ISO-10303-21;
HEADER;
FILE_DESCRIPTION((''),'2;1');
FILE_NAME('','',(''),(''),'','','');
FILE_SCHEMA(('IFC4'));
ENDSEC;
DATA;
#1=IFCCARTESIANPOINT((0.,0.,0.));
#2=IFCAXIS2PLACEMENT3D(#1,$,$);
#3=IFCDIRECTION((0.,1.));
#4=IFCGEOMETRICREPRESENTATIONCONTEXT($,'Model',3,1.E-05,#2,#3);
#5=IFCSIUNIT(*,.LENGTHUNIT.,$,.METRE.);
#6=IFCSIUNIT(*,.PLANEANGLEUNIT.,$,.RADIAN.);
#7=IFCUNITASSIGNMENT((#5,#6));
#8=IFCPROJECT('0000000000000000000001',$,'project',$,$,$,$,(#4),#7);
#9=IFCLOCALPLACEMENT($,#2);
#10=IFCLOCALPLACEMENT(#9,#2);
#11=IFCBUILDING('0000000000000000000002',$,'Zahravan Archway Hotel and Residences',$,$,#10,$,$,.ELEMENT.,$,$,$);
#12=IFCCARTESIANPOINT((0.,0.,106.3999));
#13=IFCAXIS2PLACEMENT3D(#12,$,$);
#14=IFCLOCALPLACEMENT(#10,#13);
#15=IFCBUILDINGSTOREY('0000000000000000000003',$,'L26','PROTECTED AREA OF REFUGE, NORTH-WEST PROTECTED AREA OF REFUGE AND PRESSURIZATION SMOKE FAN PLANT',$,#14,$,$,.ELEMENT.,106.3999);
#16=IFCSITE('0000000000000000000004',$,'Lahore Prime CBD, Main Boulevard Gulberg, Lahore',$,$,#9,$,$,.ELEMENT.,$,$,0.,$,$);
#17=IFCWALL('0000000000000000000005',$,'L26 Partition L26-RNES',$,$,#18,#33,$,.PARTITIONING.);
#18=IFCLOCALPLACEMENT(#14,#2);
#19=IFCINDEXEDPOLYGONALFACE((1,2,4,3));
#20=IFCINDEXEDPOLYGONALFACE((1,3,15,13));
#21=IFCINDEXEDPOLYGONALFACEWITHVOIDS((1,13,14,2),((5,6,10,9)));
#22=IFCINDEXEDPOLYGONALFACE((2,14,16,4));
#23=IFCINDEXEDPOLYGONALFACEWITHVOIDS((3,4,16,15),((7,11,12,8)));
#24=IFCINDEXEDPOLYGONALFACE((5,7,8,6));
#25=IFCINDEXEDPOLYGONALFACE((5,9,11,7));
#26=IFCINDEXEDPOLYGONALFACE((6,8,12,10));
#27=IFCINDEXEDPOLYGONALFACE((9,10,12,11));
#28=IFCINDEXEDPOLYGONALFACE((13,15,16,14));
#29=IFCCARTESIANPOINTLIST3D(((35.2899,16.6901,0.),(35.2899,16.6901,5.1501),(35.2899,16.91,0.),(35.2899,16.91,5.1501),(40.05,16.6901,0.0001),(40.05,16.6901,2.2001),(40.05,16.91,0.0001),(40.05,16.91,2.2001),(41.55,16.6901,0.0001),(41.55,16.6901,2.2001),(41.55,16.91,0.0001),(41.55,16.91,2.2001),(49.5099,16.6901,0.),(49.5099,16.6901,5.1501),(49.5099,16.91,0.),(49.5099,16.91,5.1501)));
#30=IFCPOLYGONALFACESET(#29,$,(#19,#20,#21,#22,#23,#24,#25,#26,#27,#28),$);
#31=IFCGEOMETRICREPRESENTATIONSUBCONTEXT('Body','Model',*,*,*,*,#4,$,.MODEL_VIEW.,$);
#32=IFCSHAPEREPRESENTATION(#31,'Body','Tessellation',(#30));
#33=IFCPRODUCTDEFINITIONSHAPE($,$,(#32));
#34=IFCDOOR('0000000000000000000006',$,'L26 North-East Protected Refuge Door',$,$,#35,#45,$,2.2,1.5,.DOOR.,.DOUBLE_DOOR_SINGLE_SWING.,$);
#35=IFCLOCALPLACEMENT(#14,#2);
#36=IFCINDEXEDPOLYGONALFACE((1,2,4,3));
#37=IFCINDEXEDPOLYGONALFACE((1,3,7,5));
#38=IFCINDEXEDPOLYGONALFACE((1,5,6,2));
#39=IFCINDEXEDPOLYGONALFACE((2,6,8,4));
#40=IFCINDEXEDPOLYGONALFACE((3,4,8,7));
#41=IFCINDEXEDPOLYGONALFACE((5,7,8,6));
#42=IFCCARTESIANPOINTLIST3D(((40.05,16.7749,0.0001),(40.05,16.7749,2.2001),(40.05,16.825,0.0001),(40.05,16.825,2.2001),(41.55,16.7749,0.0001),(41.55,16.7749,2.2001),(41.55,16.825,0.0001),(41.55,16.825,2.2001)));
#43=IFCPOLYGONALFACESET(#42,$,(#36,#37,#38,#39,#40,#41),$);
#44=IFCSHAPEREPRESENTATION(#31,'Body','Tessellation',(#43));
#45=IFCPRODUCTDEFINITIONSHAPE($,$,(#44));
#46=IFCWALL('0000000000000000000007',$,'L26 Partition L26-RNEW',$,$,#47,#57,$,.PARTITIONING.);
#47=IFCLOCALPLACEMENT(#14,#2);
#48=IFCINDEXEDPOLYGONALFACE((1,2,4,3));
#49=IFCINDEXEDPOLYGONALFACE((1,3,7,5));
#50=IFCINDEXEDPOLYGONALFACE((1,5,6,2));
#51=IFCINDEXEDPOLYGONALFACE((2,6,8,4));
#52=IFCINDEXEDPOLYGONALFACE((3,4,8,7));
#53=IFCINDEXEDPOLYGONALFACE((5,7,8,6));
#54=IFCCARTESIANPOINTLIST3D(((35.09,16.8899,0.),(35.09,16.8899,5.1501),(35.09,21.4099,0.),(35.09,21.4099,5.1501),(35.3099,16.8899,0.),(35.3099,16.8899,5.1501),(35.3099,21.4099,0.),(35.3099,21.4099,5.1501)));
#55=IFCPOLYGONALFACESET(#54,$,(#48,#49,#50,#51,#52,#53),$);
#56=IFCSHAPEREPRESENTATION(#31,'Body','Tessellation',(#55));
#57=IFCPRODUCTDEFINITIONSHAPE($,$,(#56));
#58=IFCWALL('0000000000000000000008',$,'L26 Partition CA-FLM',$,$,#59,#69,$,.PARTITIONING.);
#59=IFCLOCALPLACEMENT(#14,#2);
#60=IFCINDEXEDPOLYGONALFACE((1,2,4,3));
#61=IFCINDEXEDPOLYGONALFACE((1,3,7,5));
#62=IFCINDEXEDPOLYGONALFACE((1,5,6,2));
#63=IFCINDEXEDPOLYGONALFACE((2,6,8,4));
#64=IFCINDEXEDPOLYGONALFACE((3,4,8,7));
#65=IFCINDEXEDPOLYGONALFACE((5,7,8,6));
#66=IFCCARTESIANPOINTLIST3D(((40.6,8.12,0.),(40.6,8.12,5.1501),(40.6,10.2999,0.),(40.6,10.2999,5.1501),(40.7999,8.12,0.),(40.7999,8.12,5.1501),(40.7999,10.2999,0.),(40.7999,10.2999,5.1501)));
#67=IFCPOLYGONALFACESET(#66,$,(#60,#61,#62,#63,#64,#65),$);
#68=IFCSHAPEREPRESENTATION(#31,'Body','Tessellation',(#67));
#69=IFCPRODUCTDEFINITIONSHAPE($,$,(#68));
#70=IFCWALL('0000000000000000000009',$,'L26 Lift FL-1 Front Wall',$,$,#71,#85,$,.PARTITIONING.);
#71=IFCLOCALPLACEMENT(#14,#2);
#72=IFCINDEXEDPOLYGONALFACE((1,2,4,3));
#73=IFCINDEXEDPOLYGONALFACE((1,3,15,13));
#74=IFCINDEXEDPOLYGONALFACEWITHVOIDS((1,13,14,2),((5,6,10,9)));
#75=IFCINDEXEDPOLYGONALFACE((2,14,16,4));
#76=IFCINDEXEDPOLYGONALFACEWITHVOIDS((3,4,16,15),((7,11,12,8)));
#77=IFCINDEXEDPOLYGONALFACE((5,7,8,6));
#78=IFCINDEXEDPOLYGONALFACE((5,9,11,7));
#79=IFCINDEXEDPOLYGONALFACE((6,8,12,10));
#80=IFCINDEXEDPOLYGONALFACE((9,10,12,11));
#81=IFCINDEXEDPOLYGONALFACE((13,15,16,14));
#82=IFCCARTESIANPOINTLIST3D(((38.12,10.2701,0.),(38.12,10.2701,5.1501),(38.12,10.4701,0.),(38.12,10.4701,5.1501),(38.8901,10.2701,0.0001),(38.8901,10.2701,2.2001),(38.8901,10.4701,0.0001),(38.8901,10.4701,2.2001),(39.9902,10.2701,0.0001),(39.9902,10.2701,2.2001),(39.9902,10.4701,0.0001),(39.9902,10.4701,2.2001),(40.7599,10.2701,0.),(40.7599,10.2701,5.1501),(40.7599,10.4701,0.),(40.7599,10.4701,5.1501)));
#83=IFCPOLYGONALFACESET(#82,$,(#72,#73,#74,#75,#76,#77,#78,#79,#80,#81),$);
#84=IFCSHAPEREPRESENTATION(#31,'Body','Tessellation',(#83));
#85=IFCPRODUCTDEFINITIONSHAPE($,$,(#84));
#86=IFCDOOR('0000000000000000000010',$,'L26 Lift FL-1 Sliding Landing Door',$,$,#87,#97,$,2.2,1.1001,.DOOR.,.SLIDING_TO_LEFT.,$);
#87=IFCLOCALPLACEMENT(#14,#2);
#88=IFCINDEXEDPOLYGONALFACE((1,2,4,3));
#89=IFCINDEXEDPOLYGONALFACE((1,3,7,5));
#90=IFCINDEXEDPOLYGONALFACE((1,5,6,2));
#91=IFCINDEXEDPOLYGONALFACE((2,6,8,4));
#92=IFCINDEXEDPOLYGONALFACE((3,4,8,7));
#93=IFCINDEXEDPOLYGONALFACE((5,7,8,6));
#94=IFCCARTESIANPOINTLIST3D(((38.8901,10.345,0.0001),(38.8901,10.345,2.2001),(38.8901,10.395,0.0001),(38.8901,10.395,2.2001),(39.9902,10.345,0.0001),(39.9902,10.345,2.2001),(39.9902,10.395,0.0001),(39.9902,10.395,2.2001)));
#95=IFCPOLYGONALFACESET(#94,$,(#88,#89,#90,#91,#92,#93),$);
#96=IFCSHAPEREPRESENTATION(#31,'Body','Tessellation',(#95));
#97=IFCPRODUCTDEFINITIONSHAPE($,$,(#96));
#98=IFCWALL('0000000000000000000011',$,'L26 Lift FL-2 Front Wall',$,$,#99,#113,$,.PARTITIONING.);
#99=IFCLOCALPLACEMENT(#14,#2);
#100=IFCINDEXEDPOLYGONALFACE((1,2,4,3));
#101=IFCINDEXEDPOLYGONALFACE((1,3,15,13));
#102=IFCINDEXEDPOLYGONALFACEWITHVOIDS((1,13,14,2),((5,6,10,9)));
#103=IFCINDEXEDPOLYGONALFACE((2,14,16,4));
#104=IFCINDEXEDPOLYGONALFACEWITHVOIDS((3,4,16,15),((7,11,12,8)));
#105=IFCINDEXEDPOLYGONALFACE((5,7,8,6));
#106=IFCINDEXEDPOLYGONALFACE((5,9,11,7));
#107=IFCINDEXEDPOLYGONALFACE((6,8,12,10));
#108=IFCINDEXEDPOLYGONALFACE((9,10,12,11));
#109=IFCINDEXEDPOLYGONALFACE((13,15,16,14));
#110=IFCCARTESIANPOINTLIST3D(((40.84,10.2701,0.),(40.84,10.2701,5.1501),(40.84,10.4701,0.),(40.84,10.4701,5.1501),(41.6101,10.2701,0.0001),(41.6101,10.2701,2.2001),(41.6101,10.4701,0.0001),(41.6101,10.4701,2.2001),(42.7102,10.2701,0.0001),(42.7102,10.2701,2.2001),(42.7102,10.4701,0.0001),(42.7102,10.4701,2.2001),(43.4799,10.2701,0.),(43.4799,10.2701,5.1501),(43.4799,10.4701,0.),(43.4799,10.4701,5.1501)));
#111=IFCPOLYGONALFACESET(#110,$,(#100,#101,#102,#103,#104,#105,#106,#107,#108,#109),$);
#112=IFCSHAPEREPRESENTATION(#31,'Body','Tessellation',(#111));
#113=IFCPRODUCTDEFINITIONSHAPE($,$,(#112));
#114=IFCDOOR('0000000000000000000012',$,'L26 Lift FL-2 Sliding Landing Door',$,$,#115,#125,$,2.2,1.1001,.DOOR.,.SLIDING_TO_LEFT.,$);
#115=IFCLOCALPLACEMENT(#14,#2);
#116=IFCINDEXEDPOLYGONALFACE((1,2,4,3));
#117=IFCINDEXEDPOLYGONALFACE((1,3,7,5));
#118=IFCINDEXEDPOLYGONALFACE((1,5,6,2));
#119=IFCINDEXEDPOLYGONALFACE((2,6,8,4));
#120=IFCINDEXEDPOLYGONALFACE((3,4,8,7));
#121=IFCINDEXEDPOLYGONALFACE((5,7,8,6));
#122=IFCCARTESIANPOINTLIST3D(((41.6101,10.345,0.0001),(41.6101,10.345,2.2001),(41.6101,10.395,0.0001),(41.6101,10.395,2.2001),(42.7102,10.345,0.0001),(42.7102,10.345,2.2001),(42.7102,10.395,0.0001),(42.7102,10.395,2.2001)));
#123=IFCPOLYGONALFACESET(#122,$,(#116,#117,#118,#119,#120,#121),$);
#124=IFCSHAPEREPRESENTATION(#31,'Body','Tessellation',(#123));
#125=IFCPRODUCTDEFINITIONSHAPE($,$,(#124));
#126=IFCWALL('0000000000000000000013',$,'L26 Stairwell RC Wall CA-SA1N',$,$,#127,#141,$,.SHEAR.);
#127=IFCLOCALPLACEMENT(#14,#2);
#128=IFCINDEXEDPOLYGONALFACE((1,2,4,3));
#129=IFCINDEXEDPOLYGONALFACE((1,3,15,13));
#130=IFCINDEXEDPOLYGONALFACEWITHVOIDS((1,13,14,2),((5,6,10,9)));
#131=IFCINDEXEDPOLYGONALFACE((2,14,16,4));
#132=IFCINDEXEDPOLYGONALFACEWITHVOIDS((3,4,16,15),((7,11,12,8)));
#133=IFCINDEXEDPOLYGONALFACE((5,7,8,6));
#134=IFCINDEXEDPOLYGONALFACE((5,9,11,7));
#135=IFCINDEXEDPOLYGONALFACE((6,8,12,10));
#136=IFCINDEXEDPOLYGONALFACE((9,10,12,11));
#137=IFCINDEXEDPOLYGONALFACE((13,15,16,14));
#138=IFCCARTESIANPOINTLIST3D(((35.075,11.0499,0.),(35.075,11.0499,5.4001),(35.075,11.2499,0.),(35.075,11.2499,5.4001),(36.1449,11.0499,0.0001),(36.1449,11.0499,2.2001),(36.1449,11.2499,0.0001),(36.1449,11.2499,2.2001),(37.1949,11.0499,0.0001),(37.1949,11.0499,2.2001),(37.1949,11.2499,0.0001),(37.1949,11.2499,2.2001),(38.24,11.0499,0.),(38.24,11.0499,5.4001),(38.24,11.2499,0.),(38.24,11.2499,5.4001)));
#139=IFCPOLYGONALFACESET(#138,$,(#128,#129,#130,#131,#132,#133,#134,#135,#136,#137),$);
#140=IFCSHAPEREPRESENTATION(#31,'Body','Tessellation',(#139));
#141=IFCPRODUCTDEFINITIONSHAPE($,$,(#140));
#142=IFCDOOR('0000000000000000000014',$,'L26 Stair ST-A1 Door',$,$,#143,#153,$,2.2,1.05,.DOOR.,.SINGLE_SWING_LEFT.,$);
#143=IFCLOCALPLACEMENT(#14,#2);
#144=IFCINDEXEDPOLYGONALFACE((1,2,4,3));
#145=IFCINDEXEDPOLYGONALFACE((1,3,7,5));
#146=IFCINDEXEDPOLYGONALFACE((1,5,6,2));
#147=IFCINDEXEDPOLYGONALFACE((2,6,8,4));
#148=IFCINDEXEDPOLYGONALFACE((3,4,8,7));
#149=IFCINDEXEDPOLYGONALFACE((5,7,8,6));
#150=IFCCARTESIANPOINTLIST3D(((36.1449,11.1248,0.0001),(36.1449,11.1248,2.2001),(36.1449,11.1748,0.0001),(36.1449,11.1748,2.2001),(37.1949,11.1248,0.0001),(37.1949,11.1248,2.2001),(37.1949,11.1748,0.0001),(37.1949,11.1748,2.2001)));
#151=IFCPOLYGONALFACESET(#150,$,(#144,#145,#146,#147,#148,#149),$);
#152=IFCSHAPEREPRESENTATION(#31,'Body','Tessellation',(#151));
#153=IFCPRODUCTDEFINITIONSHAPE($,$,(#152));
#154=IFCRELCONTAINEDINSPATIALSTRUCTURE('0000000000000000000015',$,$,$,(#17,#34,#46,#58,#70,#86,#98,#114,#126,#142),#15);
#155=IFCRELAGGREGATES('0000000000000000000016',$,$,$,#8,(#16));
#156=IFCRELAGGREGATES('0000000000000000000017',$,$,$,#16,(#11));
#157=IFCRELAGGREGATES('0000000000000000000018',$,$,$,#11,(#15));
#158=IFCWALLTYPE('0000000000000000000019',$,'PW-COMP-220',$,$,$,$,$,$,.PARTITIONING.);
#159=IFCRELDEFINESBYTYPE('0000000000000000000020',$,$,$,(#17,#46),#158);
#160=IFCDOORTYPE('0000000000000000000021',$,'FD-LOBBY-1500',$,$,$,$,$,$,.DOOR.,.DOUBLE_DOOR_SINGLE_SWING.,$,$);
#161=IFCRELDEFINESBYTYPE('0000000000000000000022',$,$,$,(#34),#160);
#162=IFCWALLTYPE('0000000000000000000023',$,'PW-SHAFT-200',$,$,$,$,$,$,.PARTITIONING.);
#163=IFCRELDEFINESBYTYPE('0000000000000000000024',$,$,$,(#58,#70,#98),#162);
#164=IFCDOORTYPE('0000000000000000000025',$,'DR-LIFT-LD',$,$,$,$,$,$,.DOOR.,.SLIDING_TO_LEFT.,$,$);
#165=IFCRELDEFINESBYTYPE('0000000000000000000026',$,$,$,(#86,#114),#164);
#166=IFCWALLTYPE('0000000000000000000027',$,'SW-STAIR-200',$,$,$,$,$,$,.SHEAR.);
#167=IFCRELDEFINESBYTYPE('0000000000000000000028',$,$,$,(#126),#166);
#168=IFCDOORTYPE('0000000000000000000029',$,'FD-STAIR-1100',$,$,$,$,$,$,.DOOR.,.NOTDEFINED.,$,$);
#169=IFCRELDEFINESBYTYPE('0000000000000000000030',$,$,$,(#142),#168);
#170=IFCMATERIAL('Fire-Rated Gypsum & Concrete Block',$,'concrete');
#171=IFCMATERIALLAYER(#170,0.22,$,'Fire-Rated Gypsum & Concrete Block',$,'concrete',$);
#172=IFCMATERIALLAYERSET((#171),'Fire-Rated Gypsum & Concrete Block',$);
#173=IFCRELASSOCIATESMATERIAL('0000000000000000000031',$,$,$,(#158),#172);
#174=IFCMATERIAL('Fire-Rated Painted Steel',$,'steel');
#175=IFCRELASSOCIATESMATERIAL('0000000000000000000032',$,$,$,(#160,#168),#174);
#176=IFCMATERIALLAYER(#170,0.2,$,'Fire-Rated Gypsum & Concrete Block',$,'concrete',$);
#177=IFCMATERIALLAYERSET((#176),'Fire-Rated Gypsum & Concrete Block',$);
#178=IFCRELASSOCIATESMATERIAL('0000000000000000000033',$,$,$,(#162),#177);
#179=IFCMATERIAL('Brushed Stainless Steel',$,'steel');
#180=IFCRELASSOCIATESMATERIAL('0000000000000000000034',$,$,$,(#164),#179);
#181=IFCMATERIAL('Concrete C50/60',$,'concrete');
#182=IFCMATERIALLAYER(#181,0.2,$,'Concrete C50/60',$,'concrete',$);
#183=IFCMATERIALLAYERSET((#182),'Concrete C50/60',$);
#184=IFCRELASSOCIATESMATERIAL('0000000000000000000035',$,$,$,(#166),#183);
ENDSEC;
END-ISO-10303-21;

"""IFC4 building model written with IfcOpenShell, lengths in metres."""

from ifc_helpers import new_model, si_unit, direction, frame, frame_2d, origin, place, context, subcontext, project, spatial, rectangle, extrude, source, transform, mapped, material, layer, layer_set, type_object, type_shapes, element, fill, save


model = new_model("IFC4")

# Units and contexts
model_context = context("Model", 3, precision=1e-05, world=origin(), true_north=direction((0.0, 1.0)))
body_context = subcontext(model_context, "Body", "Model", "MODEL_VIEW")
ifc_project = project(units=[si_unit("LENGTHUNIT", "METRE"), si_unit("PLANEANGLEUNIT", "RADIAN")], contexts=[model_context])

# Site, building, storey
site_placement = place(None, origin())
site = spatial("IfcSite", under=ifc_project, at=site_placement, Name="Lahore Prime CBD, Main Boulevard Gulberg, Lahore", CompositionType="ELEMENT", RefElevation=0.0)
building_placement = place(site_placement, origin())
building = spatial("IfcBuilding", under=site, at=building_placement, Name="Zahravan Archway Hotel and Residences", CompositionType="ELEMENT")
storey_placement = place(building_placement, frame((0.0, 0.0, 106.3999)))
storey = spatial("IfcBuildingStorey", under=building, at=storey_placement, Name="L26", Description="PROTECTED AREA OF REFUGE, NORTH-WEST PROTECTED AREA OF REFUGE AND PRESSURIZATION SMOKE FAN PLANT", CompositionType="ELEMENT", Elevation=106.3999)

# Wall, opening, door
ifc_material_1 = material(Name="Fire-Rated Gypsum & Concrete Block", Category="concrete")
ifc_layer_1 = layer(ifc_material_1, 0.22, Name="Fire-Rated Gypsum & Concrete Block", Category="concrete")
ifc_layer_set_1 = layer_set([ifc_layer_1], Name="Fire-Rated Gypsum & Concrete Block")
wall_type_1 = type_object("IfcWallType", Name="PW-COMP-220", PredefinedType="PARTITIONING", material=ifc_layer_set_1)
ifc_material_2 = material(Name="Fire-Rated Painted Steel", Category="steel")
wall_1_placement = place(storey_placement, frame((35.29, 16.8, 0.0), z_axis=(0.0, 0.0, 1.0), x_axis=(1.0, 0.0, 0.0)))
wall_1 = element("IfcWall", 1, at=wall_1_placement, inside=storey, type_object=wall_type_1, Name="L26 Partition L26-RNES", PredefinedType="PARTITIONING", context=body_context, shape_type="SweptSolid", body=[
    extrude(rectangle(XDim=14.22, YDim=0.22, at=frame_2d((7.1099, 0.0))), origin(), (0.0, 0.0, 1.0), 5.1501),
])
opening_1_placement = place(wall_1_placement, frame((4.76, 0.0, 0.0)))
opening_1 = element("IfcOpeningElement", 2, at=opening_1_placement, cuts=wall_1, PredefinedType="OPENING", context=body_context, shape_type="SweptSolid", body=[
    extrude(rectangle(XDim=1.5, YDim=2.2, at=frame_2d((0.75, 1.1001))), frame((0.0, 0.1201, 0.0), z_axis=(0.0, -1.0, 0.0), x_axis=(1.0, 0.0, 0.0)), (0.0, 0.0, 1.0), 0.24),
])
door_type_1 = type_object("IfcDoorType", Name="FD-LOBBY-1500", OperationType="DOUBLE_DOOR_SINGLE_SWING", PredefinedType="DOOR", material=ifc_material_2)
shared_shape_1 = source(origin(), body_context, "Body", "SweptSolid", [
    extrude(rectangle(XDim=1.5, YDim=2.2, at=frame_2d((0.75, 1.1001))), frame((0.0, 0.0249, 0.0), z_axis=(0.0, -1.0, 0.0), x_axis=(1.0, 0.0, 0.0)), (0.0, 0.0, 1.0), 0.05),
])
type_shapes(door_type_1, [shared_shape_1])
door_1_placement = place(opening_1_placement, origin())
door_1 = element("IfcDoor", 3, at=door_1_placement, inside=storey, type_object=door_type_1, Name="L26 North-East Protected Refuge Door", OperationType="DOUBLE_DOOR_SINGLE_SWING", OverallHeight=2.2, OverallWidth=1.5, PredefinedType="DOOR", context=body_context, shape_type="MappedRepresentation", body=[
    mapped(shared_shape_1, transform((0.0, 0.0, 0.0), scale=1.0)),
])
fill(opening_1, door_1)

# Walls
wall_2_placement = place(storey_placement, frame((35.2, 16.8899, 0.0), z_axis=(0.0, 0.0, 1.0), x_axis=(0.0, 1.0, 0.0)))
element("IfcWall", 4, at=wall_2_placement, inside=storey, type_object=wall_type_1, Name="L26 Partition L26-RNEW", PredefinedType="PARTITIONING", context=body_context, shape_type="SweptSolid", body=[
    extrude(rectangle(XDim=4.52, YDim=0.22, at=frame_2d((2.26, 0.0))), origin(), (0.0, 0.0, 1.0), 5.1501),
])
ifc_layer_2 = layer(ifc_material_1, 0.2, Name="Fire-Rated Gypsum & Concrete Block", Category="concrete")
ifc_layer_set_2 = layer_set([ifc_layer_2], Name="Fire-Rated Gypsum & Concrete Block")
wall_type_2 = type_object("IfcWallType", Name="PW-SHAFT-200", PredefinedType="PARTITIONING", material=ifc_layer_set_2)
wall_3_placement = place(storey_placement, frame((40.7, 8.1201, 0.0), z_axis=(0.0, 0.0, 1.0), x_axis=(0.0, 1.0, 0.0)))
element("IfcWall", 5, at=wall_3_placement, inside=storey, type_object=wall_type_2, Name="L26 Partition CA-FLM", PredefinedType="PARTITIONING", context=body_context, shape_type="SweptSolid", body=[
    extrude(rectangle(XDim=2.1799, YDim=0.2, at=frame_2d((1.0898, 0.0))), origin(), (0.0, 0.0, 1.0), 5.1501),
])

# Walls, openings, doors
wall_4_placement = place(storey_placement, frame((38.1201, 10.3701, 0.0), z_axis=(0.0, 0.0, 1.0), x_axis=(1.0, 0.0, 0.0)))
wall_4 = element("IfcWall", 6, at=wall_4_placement, inside=storey, type_object=wall_type_2, Name="L26 Lift FL-1 Front Wall", PredefinedType="PARTITIONING", context=body_context, shape_type="SweptSolid", body=[
    extrude(rectangle(XDim=2.6399, YDim=0.2, at=frame_2d((1.3198, 0.0))), origin(), (0.0, 0.0, 1.0), 5.1501),
])
opening_2_placement = place(wall_4_placement, frame((0.77, 0.0, 0.0)))
opening_2 = element("IfcOpeningElement", 7, at=opening_2_placement, cuts=wall_4, PredefinedType="OPENING", context=body_context, shape_type="SweptSolid", body=[
    extrude(rectangle(XDim=1.1001, YDim=2.2, at=frame_2d((0.55, 1.1001))), frame((0.0, 0.1099, 0.0), z_axis=(0.0, -1.0, 0.0), x_axis=(1.0, 0.0, 0.0)), (0.0, 0.0, 1.0), 0.22),
])
ifc_material_3 = material(Name="Brushed Stainless Steel", Category="steel")
door_type_2 = type_object("IfcDoorType", Name="DR-LIFT-LD", OperationType="SLIDING_TO_LEFT", PredefinedType="DOOR", material=ifc_material_3)
shared_shape_2 = source(origin(), body_context, "Body", "SweptSolid", [
    extrude(rectangle(XDim=1.1001, YDim=2.2, at=frame_2d((0.55, 1.1001))), frame((0.0, 0.0249, 0.0), z_axis=(0.0, -1.0, 0.0), x_axis=(1.0, 0.0, 0.0)), (0.0, 0.0, 1.0), 0.05),
])
type_shapes(door_type_2, [shared_shape_2])
door_2_placement = place(opening_2_placement, origin())
door_2 = element("IfcDoor", 8, at=door_2_placement, inside=storey, type_object=door_type_2, Name="L26 Lift FL-1 Sliding Landing Door", OperationType="SLIDING_TO_LEFT", OverallHeight=2.2, OverallWidth=1.1001, PredefinedType="DOOR", context=body_context, shape_type="MappedRepresentation", body=[
    mapped(shared_shape_2, transform((0.0, 0.0, 0.0), scale=1.0)),
])
fill(opening_2, door_2)
wall_5_placement = place(storey_placement, frame((40.8401, 10.3701, 0.0), z_axis=(0.0, 0.0, 1.0), x_axis=(1.0, 0.0, 0.0)))
wall_5 = element("IfcWall", 9, at=wall_5_placement, inside=storey, type_object=wall_type_2, Name="L26 Lift FL-2 Front Wall", PredefinedType="PARTITIONING", context=body_context, shape_type="SweptSolid", body=[
    extrude(rectangle(XDim=2.6399, YDim=0.2, at=frame_2d((1.3198, 0.0))), origin(), (0.0, 0.0, 1.0), 5.1501),
])
opening_3_placement = place(wall_5_placement, frame((0.77, 0.0, 0.0)))
opening_3 = element("IfcOpeningElement", 10, at=opening_3_placement, cuts=wall_5, PredefinedType="OPENING", context=body_context, shape_type="SweptSolid", body=[
    extrude(rectangle(XDim=1.1001, YDim=2.2, at=frame_2d((0.55, 1.1001))), frame((0.0, 0.1099, 0.0), z_axis=(0.0, -1.0, 0.0), x_axis=(1.0, 0.0, 0.0)), (0.0, 0.0, 1.0), 0.22),
])
door_3_placement = place(opening_3_placement, origin())
door_3 = element("IfcDoor", 11, at=door_3_placement, inside=storey, type_object=door_type_2, Name="L26 Lift FL-2 Sliding Landing Door", OperationType="SLIDING_TO_LEFT", OverallHeight=2.2, OverallWidth=1.1001, PredefinedType="DOOR", context=body_context, shape_type="MappedRepresentation", body=[
    mapped(shared_shape_2, transform((0.0, 0.0, 0.0), scale=1.0)),
])
fill(opening_3, door_3)
ifc_material_4 = material(Name="Concrete C50/60", Category="concrete")
ifc_layer_3 = layer(ifc_material_4, 0.2, Name="Concrete C50/60", Category="concrete")
ifc_layer_set_3 = layer_set([ifc_layer_3], Name="Concrete C50/60")
wall_type_3 = type_object("IfcWallType", Name="SW-STAIR-200", PredefinedType="SHEAR", material=ifc_layer_set_3)
wall_6_placement = place(storey_placement, frame((35.075, 11.1499, 0.0), z_axis=(0.0, 0.0, 1.0), x_axis=(1.0, 0.0, 0.0)))
wall_6 = element("IfcWall", 12, at=wall_6_placement, inside=storey, type_object=wall_type_3, Name="L26 Stairwell RC Wall CA-SA1N", PredefinedType="SHEAR", context=body_context, shape_type="SweptSolid", body=[
    extrude(rectangle(XDim=3.165, YDim=0.2, at=frame_2d((1.5825, 0.0))), origin(), (0.0, 0.0, 1.0), 5.4001),
])
opening_4_placement = place(wall_6_placement, frame((1.0701, 0.0, 0.0)))
opening_4 = element("IfcOpeningElement", 13, at=opening_4_placement, cuts=wall_6, PredefinedType="OPENING", context=body_context, shape_type="SweptSolid", body=[
    extrude(rectangle(XDim=1.05, YDim=2.2, at=frame_2d((0.5249, 1.1001))), frame((0.0, 0.1099, 0.0), z_axis=(0.0, -1.0, 0.0), x_axis=(1.0, 0.0, 0.0)), (0.0, 0.0, 1.0), 0.22),
])
door_type_3 = type_object("IfcDoorType", Name="FD-STAIR-1100", OperationType="NOTDEFINED", PredefinedType="DOOR", material=ifc_material_2)
shared_shape_3 = source(origin(), body_context, "Body", "SweptSolid", [
    extrude(rectangle(XDim=1.05, YDim=2.2, at=frame_2d((0.5249, 1.1001))), frame((0.0, 0.0249, 0.0), z_axis=(0.0, -1.0, 0.0), x_axis=(1.0, 0.0, 0.0)), (0.0, 0.0, 1.0), 0.05),
])
type_shapes(door_type_3, [shared_shape_3])
door_4_placement = place(opening_4_placement, origin())
door_4 = element("IfcDoor", 14, at=door_4_placement, inside=storey, type_object=door_type_3, Name="L26 Stair ST-A1 Door", OperationType="SINGLE_SWING_LEFT", OverallHeight=2.2, OverallWidth=1.05, PredefinedType="DOOR", context=body_context, shape_type="MappedRepresentation", body=[
    mapped(shared_shape_3, transform((0.0, 0.0, 0.0), scale=1.0)),
])
fill(opening_4, door_4)

save(model, "model.ifc")
